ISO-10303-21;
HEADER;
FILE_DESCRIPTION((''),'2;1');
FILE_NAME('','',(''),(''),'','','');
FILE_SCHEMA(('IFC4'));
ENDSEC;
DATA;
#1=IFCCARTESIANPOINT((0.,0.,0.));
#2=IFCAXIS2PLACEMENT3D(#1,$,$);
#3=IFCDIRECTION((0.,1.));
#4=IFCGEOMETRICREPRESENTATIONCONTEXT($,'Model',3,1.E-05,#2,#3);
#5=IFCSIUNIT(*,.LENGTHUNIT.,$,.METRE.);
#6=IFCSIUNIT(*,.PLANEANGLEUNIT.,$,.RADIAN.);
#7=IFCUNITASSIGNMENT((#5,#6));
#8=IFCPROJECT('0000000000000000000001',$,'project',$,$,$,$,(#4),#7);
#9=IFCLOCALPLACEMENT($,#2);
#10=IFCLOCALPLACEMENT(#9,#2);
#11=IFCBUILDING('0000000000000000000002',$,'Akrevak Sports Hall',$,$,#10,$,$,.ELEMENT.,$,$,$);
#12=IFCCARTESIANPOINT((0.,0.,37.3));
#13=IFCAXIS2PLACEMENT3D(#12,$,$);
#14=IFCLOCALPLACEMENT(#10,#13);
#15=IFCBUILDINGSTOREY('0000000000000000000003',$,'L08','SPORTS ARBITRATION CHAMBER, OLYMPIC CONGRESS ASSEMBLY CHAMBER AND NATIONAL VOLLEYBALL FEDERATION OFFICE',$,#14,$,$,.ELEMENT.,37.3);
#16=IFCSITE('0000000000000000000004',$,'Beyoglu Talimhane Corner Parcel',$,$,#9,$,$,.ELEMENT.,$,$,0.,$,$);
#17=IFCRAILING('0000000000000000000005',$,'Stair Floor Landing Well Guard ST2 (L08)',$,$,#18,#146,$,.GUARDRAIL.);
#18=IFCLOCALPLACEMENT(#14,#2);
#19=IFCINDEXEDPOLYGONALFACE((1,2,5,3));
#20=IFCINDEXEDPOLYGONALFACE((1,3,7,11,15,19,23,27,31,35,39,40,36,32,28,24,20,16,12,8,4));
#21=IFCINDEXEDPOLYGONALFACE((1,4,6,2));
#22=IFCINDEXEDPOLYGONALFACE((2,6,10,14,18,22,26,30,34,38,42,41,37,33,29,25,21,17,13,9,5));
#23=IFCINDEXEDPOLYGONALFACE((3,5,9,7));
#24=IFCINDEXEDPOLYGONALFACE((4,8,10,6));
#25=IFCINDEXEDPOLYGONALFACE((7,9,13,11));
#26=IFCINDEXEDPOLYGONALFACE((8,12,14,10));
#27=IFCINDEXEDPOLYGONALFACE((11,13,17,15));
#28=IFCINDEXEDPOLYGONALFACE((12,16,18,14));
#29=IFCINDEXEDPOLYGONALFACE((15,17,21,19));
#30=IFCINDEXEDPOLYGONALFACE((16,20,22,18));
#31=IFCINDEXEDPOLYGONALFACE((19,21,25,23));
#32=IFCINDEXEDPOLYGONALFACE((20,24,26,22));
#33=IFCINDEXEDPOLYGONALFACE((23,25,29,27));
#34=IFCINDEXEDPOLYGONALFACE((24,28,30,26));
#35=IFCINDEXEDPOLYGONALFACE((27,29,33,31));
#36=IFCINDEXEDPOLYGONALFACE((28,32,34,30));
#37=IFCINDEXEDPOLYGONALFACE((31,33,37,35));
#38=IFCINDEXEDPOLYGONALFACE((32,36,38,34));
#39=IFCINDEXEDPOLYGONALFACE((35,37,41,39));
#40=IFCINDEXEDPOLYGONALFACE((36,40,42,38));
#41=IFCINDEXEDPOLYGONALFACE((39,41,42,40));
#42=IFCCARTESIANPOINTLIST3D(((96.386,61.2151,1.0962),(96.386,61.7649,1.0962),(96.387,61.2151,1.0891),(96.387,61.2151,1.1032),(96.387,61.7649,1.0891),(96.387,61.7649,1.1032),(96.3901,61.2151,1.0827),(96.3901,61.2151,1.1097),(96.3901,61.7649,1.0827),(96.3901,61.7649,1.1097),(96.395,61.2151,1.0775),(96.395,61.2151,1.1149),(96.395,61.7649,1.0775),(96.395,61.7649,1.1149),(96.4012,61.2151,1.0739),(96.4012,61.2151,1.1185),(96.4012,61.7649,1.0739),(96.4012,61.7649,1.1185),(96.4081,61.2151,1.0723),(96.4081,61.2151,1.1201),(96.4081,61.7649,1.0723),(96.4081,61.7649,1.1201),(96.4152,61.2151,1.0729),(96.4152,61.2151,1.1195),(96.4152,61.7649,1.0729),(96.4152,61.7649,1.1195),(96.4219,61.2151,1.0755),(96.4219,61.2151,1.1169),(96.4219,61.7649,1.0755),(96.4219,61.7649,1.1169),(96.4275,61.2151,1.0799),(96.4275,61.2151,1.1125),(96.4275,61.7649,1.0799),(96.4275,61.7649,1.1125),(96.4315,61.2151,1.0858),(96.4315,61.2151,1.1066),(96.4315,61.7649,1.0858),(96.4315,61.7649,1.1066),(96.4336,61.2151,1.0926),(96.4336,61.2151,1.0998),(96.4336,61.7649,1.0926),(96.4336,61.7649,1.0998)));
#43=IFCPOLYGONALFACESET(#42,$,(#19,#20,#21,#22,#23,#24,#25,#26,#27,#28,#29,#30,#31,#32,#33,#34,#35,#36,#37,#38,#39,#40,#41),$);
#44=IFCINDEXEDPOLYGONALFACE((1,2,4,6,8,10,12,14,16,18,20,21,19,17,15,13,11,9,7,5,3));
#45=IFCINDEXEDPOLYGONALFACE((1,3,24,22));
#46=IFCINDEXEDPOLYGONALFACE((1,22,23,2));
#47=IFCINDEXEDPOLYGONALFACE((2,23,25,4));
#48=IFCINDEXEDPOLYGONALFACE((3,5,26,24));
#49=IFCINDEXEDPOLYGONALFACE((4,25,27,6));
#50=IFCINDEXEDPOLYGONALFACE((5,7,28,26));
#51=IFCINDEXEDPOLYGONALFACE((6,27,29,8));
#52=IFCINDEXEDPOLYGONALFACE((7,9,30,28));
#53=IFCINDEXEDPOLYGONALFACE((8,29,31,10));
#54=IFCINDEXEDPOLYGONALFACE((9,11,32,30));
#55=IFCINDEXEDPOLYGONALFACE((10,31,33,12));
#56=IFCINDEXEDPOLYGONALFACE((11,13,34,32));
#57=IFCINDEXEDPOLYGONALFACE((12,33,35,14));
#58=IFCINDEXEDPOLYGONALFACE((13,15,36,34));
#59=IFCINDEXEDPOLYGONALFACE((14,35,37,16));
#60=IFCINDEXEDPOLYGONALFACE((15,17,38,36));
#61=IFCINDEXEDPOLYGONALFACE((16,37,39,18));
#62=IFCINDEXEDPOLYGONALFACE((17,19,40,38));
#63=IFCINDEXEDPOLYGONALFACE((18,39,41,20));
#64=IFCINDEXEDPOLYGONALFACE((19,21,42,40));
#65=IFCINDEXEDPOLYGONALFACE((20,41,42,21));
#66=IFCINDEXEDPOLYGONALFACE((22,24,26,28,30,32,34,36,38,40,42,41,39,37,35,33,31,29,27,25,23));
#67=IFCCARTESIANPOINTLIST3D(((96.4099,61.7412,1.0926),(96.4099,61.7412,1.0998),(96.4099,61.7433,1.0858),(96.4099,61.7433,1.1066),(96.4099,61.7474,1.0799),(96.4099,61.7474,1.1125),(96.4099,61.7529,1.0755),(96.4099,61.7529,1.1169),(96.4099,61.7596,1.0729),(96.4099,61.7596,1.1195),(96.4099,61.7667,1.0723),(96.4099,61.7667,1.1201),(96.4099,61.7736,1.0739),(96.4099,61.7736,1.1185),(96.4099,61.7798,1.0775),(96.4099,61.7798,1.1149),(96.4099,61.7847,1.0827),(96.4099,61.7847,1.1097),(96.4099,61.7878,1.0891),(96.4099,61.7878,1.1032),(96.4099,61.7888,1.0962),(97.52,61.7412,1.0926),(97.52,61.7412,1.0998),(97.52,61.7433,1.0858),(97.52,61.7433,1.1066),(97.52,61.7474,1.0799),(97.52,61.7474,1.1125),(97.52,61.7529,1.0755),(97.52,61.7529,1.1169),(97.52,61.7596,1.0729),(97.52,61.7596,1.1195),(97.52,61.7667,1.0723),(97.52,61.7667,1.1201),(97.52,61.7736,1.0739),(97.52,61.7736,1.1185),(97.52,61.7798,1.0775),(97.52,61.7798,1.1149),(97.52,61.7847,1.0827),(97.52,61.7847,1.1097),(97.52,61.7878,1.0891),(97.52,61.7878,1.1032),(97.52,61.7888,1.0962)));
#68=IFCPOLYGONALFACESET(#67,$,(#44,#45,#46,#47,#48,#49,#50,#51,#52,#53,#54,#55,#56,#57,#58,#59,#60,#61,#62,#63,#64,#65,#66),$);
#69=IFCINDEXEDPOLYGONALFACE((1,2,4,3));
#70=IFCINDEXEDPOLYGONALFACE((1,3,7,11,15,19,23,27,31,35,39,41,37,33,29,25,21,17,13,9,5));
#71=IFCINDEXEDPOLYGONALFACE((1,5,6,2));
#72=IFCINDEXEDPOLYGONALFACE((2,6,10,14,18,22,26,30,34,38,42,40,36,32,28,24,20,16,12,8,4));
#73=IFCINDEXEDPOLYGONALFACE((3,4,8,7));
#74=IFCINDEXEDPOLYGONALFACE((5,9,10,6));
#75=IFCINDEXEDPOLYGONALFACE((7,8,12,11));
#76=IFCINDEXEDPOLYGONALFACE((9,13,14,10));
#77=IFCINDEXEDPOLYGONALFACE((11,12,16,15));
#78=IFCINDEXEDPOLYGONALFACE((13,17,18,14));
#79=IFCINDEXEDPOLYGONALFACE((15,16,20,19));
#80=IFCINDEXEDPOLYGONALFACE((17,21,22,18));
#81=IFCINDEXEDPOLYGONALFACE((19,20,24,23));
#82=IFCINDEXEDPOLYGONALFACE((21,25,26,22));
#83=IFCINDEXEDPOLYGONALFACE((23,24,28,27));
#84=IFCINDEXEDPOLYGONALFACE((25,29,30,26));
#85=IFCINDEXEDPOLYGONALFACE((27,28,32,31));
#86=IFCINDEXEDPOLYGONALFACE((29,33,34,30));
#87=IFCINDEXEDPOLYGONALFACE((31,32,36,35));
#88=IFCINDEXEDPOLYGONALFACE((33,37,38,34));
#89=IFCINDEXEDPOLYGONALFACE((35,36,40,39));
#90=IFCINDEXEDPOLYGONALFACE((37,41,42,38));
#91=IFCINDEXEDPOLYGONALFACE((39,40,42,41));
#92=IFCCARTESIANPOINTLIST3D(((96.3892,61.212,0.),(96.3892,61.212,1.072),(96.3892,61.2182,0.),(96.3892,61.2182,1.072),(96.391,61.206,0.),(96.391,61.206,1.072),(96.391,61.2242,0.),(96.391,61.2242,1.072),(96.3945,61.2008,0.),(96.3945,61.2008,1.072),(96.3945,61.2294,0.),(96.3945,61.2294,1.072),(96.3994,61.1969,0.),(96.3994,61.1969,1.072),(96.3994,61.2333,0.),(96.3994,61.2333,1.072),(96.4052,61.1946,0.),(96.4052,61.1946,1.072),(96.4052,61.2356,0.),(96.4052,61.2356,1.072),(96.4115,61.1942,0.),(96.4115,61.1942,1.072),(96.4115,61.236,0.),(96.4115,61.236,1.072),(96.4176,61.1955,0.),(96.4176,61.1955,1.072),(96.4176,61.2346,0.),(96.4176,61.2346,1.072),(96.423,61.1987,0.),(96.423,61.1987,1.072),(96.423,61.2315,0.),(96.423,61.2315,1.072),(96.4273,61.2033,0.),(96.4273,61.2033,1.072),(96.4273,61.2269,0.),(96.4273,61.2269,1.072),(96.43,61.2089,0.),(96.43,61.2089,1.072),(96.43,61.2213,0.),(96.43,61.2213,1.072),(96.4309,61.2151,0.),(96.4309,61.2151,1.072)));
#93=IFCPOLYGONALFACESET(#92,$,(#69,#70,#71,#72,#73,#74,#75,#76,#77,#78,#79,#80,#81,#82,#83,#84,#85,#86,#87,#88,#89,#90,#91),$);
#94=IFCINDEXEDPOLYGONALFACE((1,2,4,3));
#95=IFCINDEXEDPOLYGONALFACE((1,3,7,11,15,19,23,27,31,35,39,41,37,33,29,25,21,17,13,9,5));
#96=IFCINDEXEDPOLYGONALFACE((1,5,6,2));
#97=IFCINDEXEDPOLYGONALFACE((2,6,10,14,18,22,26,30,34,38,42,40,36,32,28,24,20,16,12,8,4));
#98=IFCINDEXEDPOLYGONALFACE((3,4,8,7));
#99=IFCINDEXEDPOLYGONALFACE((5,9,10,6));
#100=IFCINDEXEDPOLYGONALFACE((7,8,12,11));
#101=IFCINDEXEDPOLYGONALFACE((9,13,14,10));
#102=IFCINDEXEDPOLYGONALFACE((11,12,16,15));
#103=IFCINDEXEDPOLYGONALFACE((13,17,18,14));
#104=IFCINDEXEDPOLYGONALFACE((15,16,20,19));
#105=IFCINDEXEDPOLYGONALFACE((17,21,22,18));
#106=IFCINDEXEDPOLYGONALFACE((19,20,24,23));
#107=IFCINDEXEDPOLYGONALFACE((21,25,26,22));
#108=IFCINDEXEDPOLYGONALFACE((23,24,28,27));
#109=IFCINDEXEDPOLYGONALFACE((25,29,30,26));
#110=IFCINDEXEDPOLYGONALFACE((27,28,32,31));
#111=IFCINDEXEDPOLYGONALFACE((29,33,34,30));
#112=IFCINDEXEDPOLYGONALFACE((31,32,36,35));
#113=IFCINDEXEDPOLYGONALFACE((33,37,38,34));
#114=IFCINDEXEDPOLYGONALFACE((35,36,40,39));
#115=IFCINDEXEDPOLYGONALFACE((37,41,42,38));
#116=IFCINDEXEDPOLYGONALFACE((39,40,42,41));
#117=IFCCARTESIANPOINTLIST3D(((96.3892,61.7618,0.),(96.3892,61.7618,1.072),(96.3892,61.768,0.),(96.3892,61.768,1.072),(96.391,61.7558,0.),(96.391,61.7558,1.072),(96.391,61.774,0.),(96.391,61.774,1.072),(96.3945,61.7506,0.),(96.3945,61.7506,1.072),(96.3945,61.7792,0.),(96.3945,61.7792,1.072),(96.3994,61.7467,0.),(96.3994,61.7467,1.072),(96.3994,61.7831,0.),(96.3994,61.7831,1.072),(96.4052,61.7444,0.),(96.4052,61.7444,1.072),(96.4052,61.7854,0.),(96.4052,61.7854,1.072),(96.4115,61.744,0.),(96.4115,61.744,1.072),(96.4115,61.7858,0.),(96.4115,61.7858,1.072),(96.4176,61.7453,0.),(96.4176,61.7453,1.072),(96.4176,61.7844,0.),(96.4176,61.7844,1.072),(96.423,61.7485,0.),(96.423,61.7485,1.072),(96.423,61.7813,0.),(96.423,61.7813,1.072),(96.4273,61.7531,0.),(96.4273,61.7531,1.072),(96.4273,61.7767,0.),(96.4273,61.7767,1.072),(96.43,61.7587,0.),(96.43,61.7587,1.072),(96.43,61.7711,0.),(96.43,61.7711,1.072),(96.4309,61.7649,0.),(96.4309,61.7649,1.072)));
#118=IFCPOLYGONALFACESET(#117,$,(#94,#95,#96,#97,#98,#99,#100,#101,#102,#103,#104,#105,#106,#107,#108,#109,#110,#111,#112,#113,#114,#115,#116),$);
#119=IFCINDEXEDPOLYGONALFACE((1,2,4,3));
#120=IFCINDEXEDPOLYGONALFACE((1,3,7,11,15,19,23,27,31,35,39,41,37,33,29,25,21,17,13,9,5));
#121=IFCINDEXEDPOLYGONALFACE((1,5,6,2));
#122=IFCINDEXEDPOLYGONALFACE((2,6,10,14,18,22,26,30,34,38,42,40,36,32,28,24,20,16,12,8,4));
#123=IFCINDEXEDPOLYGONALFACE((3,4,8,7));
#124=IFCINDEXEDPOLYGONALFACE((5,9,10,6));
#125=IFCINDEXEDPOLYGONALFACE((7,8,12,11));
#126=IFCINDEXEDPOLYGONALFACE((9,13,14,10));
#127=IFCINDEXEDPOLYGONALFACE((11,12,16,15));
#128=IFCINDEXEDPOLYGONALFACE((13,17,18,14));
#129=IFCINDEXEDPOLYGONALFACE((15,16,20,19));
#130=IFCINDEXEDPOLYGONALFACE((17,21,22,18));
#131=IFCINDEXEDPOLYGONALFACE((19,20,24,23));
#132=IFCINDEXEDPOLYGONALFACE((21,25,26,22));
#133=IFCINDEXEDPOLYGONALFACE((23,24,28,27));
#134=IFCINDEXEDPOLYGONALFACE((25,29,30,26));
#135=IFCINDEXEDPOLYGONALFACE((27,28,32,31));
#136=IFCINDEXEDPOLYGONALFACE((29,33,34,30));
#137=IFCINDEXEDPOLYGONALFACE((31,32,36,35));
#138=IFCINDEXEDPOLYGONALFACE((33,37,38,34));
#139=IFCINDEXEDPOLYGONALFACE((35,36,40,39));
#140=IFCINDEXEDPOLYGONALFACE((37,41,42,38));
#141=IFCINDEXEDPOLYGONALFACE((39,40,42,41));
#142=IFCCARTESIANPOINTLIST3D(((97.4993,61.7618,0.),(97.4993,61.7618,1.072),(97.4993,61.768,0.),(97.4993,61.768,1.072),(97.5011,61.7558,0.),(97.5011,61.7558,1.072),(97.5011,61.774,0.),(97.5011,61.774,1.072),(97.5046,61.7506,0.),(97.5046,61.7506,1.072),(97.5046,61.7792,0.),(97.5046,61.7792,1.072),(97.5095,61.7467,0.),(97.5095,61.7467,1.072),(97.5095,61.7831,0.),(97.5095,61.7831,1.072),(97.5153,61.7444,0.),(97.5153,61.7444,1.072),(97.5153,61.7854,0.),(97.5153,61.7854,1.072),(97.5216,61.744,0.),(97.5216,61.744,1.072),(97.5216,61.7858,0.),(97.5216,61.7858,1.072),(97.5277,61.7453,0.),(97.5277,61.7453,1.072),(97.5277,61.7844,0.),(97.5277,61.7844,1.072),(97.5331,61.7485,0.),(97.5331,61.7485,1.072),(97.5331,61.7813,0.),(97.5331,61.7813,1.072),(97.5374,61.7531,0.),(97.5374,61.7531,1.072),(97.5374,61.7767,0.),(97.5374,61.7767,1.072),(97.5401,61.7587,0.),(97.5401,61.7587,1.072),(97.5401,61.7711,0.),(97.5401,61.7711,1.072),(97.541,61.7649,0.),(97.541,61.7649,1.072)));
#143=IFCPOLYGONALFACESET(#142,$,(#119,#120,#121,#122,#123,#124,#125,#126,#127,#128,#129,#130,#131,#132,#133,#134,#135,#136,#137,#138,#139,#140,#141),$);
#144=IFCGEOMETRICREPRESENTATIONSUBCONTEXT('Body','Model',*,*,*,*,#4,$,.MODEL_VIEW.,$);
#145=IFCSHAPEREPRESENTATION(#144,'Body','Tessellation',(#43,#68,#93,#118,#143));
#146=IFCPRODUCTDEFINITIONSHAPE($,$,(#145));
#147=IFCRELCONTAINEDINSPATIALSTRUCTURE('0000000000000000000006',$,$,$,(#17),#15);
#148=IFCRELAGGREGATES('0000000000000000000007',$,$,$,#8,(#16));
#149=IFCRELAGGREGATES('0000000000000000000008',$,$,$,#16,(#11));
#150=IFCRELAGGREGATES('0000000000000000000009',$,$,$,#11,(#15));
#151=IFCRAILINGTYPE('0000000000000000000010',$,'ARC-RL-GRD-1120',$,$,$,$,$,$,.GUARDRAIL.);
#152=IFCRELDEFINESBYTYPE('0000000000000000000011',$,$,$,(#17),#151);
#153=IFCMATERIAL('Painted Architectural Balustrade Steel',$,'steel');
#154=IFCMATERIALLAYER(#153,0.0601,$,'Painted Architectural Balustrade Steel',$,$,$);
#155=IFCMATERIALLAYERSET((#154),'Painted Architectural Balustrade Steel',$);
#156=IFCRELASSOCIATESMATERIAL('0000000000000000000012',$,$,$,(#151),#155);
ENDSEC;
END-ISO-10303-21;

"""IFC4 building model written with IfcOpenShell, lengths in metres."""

from ifc_helpers import new_model, si_unit, direction, frame, origin, origin_2d, place, context, subcontext, project, spatial, circle, extrude, material, layer, layer_set, type_object, element, save


model = new_model("IFC4")

# Units and contexts
model_context = context("Model", 3, precision=1e-05, world=origin(), true_north=direction((0.0, 1.0)))
body_context = subcontext(model_context, "Body", "Model", "MODEL_VIEW")
ifc_project = project(units=[si_unit("LENGTHUNIT", "METRE"), si_unit("PLANEANGLEUNIT", "RADIAN")], contexts=[model_context])

# Site, building, storey
site_placement = place(None, origin())
site = spatial("IfcSite", under=ifc_project, at=site_placement, Name="Beyoglu Talimhane Corner Parcel", CompositionType="ELEMENT", RefElevation=0.0)
building_placement = place(site_placement, origin())
building = spatial("IfcBuilding", under=site, at=building_placement, Name="Akrevak Sports Hall", CompositionType="ELEMENT")
storey_placement = place(building_placement, frame((0.0, 0.0, 37.3)))
storey = spatial("IfcBuildingStorey", under=building, at=storey_placement, Name="L08", Description="SPORTS ARBITRATION CHAMBER, OLYMPIC CONGRESS ASSEMBLY CHAMBER AND NATIONAL VOLLEYBALL FEDERATION OFFICE", CompositionType="ELEMENT", Elevation=37.3)

# Railing
ifc_material_1 = material(Name="Painted Architectural Balustrade Steel", Category="steel")
ifc_layer_1 = layer(ifc_material_1, 0.0601, Name="Painted Architectural Balustrade Steel")
ifc_layer_set_1 = layer_set([ifc_layer_1], Name="Painted Architectural Balustrade Steel")
railing_type_1 = type_object("IfcRailingType", Name="ARC-RL-GRD-1120", PredefinedType="GUARDRAIL", material=ifc_layer_set_1)
railing_1_placement = place(storey_placement, frame((96.4099, 61.2151, 0.0)))
element("IfcRailing", 1, at=railing_1_placement, inside=storey, type_object=railing_type_1, Name="Stair Floor Landing Well Guard ST2 (L08)", PredefinedType="GUARDRAIL", context=body_context, shape_type="SweptSolid", body=[
    extrude(circle(Radius=0.0239, at=origin_2d()), frame((0.0, 0.0, 1.0962), z_axis=(0.0, 1.0, 0.0), x_axis=(-1.0, 0.0, 0.0)), (0.0, 0.0, 1.0), 0.5498),
    extrude(circle(Radius=0.0239, at=origin_2d()), frame((0.0, 0.5498, 1.0962), z_axis=(1.0, 0.0, 0.0), x_axis=(0.0, 1.0, 0.0)), (0.0, 0.0, 1.0), 1.1101),
    extrude(circle(Radius=0.021, at=origin_2d()), origin(), (0.0, 0.0, 1.0), 1.072),
    extrude(circle(Radius=0.021, at=origin_2d()), frame((0.0, 0.5498, 0.0)), (0.0, 0.0, 1.0), 1.072),
    extrude(circle(Radius=0.021, at=origin_2d()), frame((1.1101, 0.5498, 0.0)), (0.0, 0.0, 1.0), 1.072),
])

save(model, "model.ifc")
